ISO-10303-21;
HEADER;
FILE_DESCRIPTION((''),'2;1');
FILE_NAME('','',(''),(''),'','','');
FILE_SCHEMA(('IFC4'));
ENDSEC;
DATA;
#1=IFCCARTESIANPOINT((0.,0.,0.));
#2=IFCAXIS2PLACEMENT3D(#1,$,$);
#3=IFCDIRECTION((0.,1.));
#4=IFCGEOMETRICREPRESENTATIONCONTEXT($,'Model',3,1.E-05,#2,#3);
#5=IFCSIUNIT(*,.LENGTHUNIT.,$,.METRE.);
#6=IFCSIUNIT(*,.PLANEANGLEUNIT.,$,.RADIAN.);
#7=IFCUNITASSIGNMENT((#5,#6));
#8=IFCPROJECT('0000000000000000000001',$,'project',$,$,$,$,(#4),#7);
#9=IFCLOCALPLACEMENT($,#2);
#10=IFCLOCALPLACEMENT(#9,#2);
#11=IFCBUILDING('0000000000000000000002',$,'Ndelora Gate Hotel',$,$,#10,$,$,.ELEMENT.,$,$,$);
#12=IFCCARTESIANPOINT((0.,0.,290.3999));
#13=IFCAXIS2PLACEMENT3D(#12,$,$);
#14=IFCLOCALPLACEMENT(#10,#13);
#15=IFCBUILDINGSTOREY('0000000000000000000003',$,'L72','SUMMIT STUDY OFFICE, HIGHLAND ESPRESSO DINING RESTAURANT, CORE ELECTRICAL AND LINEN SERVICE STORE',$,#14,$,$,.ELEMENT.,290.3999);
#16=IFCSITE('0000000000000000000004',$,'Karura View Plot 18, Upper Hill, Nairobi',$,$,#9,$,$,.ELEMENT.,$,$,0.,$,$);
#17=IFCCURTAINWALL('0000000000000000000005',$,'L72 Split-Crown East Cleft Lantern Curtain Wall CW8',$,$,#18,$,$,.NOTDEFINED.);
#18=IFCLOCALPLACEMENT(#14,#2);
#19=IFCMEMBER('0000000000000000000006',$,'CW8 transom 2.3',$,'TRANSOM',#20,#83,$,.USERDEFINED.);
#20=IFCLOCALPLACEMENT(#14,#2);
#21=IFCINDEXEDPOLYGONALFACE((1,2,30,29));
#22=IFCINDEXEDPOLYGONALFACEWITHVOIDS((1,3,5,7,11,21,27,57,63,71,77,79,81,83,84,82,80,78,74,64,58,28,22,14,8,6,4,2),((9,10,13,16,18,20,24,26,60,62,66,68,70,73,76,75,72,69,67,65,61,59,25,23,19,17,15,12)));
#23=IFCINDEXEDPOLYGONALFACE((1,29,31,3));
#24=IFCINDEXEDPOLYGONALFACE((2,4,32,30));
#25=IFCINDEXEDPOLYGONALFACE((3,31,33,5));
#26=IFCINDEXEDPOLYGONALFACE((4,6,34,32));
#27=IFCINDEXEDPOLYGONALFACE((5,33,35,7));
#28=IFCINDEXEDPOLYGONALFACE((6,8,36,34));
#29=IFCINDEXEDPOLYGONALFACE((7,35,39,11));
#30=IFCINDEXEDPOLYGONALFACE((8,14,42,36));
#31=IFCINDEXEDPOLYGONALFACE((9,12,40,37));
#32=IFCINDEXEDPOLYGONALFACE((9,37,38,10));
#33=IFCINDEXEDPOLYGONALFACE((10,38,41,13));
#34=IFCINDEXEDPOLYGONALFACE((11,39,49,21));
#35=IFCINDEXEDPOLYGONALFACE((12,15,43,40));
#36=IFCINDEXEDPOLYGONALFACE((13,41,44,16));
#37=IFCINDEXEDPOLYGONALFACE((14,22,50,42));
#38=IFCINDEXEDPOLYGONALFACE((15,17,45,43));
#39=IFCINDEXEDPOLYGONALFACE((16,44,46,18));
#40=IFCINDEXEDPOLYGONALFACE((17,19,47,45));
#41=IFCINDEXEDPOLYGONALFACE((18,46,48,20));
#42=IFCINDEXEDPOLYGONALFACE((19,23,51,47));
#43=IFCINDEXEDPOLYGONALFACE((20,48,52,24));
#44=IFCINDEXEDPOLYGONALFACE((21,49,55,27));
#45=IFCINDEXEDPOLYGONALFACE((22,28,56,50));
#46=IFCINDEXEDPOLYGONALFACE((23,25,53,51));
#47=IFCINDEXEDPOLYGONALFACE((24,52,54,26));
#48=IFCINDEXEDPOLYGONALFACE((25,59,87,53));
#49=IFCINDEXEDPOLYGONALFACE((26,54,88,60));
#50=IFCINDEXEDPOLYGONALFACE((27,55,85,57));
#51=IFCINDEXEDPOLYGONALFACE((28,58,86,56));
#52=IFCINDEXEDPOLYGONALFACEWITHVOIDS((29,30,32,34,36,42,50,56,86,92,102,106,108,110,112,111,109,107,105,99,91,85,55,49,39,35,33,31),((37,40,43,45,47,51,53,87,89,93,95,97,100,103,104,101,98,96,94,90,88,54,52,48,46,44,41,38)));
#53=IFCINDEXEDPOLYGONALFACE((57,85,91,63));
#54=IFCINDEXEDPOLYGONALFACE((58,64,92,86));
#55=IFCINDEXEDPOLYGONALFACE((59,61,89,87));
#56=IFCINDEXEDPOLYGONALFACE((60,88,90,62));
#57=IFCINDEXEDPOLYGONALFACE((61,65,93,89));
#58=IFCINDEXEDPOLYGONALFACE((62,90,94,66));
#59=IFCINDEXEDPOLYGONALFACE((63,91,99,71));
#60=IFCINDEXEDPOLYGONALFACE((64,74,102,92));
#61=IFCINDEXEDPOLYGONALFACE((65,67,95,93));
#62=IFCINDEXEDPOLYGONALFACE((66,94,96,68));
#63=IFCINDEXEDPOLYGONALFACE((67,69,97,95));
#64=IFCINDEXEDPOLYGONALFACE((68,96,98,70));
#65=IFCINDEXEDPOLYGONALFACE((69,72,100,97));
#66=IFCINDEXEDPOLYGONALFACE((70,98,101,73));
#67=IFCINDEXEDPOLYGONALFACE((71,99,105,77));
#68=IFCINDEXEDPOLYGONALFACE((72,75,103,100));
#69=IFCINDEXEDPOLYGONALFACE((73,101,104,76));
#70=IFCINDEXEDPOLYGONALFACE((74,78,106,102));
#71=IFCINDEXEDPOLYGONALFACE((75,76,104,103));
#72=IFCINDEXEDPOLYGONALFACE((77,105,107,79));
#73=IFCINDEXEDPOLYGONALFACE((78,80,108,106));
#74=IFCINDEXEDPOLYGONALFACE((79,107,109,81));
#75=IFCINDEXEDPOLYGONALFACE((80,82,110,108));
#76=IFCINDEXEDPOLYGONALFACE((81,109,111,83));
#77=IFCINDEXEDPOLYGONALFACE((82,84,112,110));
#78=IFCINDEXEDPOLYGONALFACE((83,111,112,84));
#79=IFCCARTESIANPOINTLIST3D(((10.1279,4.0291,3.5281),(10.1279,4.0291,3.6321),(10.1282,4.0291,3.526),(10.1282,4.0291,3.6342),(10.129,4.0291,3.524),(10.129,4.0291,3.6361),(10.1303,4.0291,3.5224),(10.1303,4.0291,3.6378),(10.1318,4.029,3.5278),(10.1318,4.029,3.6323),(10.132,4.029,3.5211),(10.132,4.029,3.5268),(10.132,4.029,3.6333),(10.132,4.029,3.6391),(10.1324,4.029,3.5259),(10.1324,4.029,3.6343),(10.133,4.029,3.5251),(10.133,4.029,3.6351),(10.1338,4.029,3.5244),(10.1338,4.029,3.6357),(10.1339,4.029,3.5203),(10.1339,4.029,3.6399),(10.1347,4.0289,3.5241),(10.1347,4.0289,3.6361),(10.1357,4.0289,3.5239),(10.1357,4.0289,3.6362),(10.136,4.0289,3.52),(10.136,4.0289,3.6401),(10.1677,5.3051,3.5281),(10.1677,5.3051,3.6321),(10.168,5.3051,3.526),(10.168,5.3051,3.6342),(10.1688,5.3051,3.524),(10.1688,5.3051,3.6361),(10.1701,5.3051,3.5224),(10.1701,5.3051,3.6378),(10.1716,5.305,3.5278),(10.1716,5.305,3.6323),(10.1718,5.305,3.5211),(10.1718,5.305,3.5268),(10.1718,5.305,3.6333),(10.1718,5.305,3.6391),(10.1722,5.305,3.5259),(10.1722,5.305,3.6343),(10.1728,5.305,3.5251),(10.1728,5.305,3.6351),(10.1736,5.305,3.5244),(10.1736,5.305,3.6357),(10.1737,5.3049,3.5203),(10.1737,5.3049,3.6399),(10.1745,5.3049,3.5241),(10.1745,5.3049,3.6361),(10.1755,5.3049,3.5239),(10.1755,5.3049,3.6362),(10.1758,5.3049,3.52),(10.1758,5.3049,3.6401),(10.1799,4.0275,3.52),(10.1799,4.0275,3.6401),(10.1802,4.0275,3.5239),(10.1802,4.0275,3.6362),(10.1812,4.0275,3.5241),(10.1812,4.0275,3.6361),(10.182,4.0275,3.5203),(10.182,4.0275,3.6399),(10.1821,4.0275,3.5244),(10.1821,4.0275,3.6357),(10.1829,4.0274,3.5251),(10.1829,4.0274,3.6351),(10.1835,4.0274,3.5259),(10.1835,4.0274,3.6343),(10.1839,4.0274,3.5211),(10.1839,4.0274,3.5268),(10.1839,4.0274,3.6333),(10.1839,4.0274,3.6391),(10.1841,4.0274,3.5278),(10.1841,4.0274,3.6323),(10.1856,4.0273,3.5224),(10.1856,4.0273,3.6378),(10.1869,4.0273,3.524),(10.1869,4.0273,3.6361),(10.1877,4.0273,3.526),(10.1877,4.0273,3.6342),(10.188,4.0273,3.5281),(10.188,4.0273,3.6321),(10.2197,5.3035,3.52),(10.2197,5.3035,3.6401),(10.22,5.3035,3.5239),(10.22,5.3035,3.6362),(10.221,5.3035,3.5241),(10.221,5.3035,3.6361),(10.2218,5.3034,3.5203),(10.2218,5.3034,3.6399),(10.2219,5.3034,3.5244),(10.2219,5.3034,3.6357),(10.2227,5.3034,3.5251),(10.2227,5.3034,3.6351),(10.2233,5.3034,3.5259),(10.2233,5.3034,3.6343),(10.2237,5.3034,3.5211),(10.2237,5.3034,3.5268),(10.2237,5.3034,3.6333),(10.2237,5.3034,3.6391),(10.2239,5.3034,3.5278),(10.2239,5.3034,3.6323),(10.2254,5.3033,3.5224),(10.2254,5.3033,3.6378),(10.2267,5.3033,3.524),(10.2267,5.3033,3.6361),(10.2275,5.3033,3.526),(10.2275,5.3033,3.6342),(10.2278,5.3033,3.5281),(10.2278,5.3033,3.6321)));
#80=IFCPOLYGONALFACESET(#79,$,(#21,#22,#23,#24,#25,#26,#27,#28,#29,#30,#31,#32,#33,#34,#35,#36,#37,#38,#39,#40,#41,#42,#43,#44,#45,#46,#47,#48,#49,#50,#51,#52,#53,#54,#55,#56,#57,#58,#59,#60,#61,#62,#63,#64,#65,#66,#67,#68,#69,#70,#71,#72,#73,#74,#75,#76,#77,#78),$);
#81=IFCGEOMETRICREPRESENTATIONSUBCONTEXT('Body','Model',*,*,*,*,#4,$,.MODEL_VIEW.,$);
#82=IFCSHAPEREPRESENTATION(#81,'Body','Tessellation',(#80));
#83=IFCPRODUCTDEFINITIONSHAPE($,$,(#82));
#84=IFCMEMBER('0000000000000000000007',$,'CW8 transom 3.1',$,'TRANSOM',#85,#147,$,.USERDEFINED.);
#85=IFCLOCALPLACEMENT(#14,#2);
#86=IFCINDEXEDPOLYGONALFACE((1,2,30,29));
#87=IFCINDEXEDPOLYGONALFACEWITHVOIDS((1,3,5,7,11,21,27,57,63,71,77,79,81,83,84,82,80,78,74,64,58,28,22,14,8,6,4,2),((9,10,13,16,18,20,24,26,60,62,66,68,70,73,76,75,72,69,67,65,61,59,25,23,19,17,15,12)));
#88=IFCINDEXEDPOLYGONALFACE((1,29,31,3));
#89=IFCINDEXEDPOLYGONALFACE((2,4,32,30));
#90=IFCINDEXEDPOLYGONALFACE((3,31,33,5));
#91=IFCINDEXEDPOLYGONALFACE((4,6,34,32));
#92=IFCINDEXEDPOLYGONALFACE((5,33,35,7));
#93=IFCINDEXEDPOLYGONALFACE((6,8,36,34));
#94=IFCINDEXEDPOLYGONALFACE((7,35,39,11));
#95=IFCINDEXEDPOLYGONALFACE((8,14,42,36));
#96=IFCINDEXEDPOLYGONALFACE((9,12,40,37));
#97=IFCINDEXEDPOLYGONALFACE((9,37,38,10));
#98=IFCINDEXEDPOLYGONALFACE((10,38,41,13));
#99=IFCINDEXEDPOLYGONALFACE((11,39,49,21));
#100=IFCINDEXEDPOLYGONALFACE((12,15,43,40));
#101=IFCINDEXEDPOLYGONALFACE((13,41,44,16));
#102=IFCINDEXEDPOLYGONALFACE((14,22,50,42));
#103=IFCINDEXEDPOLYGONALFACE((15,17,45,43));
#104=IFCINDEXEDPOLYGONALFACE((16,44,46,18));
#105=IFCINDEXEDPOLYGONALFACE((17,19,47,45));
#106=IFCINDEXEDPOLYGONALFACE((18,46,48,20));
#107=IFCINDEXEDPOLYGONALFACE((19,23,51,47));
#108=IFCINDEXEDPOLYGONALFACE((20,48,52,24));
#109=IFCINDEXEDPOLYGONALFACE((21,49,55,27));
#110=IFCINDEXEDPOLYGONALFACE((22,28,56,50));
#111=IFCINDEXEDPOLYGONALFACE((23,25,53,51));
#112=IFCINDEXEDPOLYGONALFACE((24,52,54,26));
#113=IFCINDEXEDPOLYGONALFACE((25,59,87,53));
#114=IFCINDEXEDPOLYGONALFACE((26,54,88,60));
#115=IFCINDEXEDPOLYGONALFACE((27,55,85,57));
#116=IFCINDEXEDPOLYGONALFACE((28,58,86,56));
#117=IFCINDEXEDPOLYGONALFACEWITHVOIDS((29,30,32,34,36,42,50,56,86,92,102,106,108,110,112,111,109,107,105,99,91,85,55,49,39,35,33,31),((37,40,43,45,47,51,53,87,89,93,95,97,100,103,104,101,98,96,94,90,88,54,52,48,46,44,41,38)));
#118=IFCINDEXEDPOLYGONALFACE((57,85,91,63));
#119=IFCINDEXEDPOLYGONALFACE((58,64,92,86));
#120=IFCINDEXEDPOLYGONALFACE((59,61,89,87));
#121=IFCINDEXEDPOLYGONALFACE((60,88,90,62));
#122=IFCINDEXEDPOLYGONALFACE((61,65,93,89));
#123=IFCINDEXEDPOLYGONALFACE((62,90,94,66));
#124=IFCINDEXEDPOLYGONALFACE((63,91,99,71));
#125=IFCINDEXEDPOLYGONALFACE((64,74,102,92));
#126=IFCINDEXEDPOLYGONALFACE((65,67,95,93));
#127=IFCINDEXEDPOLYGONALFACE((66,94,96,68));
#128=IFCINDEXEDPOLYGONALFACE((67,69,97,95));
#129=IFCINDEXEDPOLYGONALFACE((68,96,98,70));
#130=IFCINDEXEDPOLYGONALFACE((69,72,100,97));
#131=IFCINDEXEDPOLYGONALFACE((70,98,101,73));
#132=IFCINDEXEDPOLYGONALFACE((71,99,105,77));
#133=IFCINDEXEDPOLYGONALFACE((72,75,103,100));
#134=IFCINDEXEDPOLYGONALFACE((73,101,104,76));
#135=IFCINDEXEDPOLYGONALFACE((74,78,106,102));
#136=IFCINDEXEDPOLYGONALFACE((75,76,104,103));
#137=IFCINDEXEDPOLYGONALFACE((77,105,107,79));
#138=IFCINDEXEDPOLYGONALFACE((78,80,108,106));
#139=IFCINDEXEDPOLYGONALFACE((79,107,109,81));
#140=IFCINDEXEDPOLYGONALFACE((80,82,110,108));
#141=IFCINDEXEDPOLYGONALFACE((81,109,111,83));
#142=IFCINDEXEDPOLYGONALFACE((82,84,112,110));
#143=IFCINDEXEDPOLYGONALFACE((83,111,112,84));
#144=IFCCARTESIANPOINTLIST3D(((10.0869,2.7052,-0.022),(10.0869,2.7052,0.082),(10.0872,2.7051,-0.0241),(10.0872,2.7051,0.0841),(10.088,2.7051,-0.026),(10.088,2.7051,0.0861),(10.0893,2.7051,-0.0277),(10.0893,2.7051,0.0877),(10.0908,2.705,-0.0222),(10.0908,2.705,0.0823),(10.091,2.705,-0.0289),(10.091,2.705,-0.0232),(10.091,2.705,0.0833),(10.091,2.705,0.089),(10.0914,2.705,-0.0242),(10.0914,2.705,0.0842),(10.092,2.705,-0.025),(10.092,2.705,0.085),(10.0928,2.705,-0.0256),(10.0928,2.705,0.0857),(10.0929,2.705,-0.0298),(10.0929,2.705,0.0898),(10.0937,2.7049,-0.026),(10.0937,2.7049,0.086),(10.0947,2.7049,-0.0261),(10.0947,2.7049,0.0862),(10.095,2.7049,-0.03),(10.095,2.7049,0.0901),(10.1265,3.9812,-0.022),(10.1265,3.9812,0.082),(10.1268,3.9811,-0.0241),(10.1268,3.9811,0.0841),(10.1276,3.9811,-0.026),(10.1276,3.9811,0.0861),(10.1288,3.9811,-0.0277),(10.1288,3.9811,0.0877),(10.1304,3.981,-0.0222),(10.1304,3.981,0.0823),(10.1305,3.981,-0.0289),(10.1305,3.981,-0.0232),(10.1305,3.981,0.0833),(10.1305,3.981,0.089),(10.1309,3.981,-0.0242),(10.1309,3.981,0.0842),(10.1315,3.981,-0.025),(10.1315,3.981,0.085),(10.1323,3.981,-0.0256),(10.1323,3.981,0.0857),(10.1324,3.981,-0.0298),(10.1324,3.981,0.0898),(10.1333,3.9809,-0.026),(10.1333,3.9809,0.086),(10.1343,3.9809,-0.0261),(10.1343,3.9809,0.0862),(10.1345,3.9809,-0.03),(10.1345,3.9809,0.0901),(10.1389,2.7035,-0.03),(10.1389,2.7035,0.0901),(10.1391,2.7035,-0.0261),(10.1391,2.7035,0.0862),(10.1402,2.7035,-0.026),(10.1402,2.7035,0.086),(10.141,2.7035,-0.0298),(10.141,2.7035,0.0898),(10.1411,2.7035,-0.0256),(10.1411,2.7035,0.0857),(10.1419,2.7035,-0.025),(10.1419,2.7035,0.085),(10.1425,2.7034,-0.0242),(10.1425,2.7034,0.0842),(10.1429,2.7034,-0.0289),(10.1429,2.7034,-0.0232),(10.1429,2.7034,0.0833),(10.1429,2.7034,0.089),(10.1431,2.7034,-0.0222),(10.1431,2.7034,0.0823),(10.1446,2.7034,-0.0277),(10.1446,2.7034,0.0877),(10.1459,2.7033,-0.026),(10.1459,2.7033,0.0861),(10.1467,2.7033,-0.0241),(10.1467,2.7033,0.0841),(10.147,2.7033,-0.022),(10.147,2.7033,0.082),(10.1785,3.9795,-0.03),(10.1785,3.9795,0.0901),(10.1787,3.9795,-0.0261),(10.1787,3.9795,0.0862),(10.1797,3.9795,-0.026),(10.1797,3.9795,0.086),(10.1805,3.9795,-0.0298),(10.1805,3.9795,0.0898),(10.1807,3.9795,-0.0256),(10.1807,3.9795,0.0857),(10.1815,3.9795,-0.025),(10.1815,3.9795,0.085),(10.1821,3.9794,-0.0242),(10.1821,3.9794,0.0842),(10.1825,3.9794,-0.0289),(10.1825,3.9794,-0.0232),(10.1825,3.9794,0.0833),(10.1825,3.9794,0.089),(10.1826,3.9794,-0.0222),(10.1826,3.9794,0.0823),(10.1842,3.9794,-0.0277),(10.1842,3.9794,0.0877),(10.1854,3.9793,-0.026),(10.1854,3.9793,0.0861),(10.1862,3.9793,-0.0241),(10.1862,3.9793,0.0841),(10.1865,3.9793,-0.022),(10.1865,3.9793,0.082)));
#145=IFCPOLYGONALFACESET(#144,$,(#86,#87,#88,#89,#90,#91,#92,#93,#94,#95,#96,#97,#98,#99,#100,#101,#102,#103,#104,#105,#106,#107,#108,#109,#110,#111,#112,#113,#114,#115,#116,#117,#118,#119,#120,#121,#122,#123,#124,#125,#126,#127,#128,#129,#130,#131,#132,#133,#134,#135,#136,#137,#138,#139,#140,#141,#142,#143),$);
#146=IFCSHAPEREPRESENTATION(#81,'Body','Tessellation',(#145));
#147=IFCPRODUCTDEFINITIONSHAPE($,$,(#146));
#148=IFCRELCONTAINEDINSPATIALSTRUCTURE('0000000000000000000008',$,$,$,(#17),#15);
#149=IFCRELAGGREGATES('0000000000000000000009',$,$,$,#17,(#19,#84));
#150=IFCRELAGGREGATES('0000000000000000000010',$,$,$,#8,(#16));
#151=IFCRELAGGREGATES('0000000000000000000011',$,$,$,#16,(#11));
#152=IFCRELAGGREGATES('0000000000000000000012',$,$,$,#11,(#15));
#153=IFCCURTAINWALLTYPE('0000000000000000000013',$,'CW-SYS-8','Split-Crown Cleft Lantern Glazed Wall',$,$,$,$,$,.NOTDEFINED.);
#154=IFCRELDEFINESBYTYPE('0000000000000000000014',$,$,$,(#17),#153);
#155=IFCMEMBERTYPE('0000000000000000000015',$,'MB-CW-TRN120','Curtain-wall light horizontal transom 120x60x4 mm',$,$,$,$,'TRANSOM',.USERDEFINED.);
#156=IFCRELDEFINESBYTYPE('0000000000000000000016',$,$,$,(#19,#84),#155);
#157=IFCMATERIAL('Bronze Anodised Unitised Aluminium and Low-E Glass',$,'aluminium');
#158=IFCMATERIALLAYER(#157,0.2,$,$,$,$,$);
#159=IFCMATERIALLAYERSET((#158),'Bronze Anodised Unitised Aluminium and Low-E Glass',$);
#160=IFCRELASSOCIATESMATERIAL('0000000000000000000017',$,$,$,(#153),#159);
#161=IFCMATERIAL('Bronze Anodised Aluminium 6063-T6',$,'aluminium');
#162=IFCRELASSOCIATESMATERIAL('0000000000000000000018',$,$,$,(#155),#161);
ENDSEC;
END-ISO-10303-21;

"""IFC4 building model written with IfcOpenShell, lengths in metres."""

from ifc_helpers import new_model, si_unit, direction, frame, origin, origin_2d, place, context, subcontext, project, spatial, hollow_rectangle, extrude, material, layer, layer_set, material_profile, profile_set, type_object, element, aggregate, save


model = new_model("IFC4")

# Units and contexts
model_context = context("Model", 3, precision=1e-05, world=origin(), true_north=direction((0.0, 1.0)))
body_context = subcontext(model_context, "Body", "Model", "MODEL_VIEW")
ifc_project = project(units=[si_unit("LENGTHUNIT", "METRE"), si_unit("PLANEANGLEUNIT", "RADIAN")], contexts=[model_context])

# Site, building, storey
site_placement = place(None, origin())
site = spatial("IfcSite", under=ifc_project, at=site_placement, Name="Karura View Plot 18, Upper Hill, Nairobi", CompositionType="ELEMENT", RefElevation=0.0)
building_placement = place(site_placement, origin())
building = spatial("IfcBuilding", under=site, at=building_placement, Name="Ndelora Gate Hotel", CompositionType="ELEMENT")
storey_placement = place(building_placement, frame((0.0, 0.0, 290.3999)))
storey = spatial("IfcBuildingStorey", under=building, at=storey_placement, Name="L72", Description="SUMMIT STUDY OFFICE, HIGHLAND ESPRESSO DINING RESTAURANT, CORE ELECTRICAL AND LINEN SERVICE STORE", CompositionType="ELEMENT", Elevation=290.3999)

# Curtain wall
ifc_material_1 = material(Name="Bronze Anodised Unitised Aluminium and Low-E Glass", Category="aluminium")
ifc_layer_1 = layer(ifc_material_1, 0.2)
ifc_layer_set_1 = layer_set([ifc_layer_1], Name="Bronze Anodised Unitised Aluminium and Low-E Glass")
curtain_wall_type = type_object("IfcCurtainWallType", Name="CW-SYS-8", Description="Split-Crown Cleft Lantern Glazed Wall", PredefinedType="NOTDEFINED", material=ifc_layer_set_1)
ifc_material_2 = material(Name="Bronze Anodised Aluminium 6063-T6", Category="aluminium")
curtain_wall_1_placement = place(storey_placement, origin())
curtain_wall_1 = element("IfcCurtainWall", 1, at=curtain_wall_1_placement, inside=storey, type_object=curtain_wall_type, Name="L72 Split-Crown East Cleft Lantern Curtain Wall CW8", PredefinedType="NOTDEFINED")

# Members
ifc_material_profile_1 = material_profile(ifc_material_2, hollow_rectangle(XDim=0.0601, YDim=0.1201, WallThickness=0.0039, InnerFilletRadius=0.0039, OuterFilletRadius=0.0081, at=origin_2d()), Name="ALU 120x60x4")
ifc_profile_set_1 = profile_set([ifc_material_profile_1], Name="Bronze Anodised Aluminium 6063-T6")
member_type_1 = type_object("IfcMemberType", Name="MB-CW-TRN120", Description="Curtain-wall light horizontal transom 120x60x4 mm", ElementType="TRANSOM", PredefinedType="USERDEFINED", material=ifc_profile_set_1)
member_1_placement = place(storey_placement, frame((10.1978, 5.3042, 3.5801), z_axis=(-0.031175, -0.999514, 0.0), x_axis=(0.999514, -0.031175, 0.0)))
member_1 = element("IfcMember", 2, at=member_1_placement, type_object=member_type_1, Name="CW8 transom 2.3", ObjectType="TRANSOM", PredefinedType="USERDEFINED", context=body_context, shape_type="SweptSolid", body=[
    extrude(hollow_rectangle(XDim=0.0601, YDim=0.1201, WallThickness=0.0039, InnerFilletRadius=0.0039, OuterFilletRadius=0.0081, at=origin_2d()), origin(), (0.0, 0.0, 1.0), 1.2766),
])
member_2_placement = place(storey_placement, frame((10.1565, 3.9802, 0.03), z_axis=(-0.030984, -0.99952, 0.0), x_axis=(0.99952, -0.030984, 0.0)))
member_2 = element("IfcMember", 3, at=member_2_placement, type_object=member_type_1, Name="CW8 transom 3.1", ObjectType="TRANSOM", PredefinedType="USERDEFINED", context=body_context, shape_type="SweptSolid", body=[
    extrude(hollow_rectangle(XDim=0.0601, YDim=0.1201, WallThickness=0.0039, InnerFilletRadius=0.0039, OuterFilletRadius=0.0081, at=origin_2d()), origin(), (0.0, 0.0, 1.0), 1.2766),
])

aggregate(curtain_wall_1, [member_1, member_2])

save(model, "model.ifc")
